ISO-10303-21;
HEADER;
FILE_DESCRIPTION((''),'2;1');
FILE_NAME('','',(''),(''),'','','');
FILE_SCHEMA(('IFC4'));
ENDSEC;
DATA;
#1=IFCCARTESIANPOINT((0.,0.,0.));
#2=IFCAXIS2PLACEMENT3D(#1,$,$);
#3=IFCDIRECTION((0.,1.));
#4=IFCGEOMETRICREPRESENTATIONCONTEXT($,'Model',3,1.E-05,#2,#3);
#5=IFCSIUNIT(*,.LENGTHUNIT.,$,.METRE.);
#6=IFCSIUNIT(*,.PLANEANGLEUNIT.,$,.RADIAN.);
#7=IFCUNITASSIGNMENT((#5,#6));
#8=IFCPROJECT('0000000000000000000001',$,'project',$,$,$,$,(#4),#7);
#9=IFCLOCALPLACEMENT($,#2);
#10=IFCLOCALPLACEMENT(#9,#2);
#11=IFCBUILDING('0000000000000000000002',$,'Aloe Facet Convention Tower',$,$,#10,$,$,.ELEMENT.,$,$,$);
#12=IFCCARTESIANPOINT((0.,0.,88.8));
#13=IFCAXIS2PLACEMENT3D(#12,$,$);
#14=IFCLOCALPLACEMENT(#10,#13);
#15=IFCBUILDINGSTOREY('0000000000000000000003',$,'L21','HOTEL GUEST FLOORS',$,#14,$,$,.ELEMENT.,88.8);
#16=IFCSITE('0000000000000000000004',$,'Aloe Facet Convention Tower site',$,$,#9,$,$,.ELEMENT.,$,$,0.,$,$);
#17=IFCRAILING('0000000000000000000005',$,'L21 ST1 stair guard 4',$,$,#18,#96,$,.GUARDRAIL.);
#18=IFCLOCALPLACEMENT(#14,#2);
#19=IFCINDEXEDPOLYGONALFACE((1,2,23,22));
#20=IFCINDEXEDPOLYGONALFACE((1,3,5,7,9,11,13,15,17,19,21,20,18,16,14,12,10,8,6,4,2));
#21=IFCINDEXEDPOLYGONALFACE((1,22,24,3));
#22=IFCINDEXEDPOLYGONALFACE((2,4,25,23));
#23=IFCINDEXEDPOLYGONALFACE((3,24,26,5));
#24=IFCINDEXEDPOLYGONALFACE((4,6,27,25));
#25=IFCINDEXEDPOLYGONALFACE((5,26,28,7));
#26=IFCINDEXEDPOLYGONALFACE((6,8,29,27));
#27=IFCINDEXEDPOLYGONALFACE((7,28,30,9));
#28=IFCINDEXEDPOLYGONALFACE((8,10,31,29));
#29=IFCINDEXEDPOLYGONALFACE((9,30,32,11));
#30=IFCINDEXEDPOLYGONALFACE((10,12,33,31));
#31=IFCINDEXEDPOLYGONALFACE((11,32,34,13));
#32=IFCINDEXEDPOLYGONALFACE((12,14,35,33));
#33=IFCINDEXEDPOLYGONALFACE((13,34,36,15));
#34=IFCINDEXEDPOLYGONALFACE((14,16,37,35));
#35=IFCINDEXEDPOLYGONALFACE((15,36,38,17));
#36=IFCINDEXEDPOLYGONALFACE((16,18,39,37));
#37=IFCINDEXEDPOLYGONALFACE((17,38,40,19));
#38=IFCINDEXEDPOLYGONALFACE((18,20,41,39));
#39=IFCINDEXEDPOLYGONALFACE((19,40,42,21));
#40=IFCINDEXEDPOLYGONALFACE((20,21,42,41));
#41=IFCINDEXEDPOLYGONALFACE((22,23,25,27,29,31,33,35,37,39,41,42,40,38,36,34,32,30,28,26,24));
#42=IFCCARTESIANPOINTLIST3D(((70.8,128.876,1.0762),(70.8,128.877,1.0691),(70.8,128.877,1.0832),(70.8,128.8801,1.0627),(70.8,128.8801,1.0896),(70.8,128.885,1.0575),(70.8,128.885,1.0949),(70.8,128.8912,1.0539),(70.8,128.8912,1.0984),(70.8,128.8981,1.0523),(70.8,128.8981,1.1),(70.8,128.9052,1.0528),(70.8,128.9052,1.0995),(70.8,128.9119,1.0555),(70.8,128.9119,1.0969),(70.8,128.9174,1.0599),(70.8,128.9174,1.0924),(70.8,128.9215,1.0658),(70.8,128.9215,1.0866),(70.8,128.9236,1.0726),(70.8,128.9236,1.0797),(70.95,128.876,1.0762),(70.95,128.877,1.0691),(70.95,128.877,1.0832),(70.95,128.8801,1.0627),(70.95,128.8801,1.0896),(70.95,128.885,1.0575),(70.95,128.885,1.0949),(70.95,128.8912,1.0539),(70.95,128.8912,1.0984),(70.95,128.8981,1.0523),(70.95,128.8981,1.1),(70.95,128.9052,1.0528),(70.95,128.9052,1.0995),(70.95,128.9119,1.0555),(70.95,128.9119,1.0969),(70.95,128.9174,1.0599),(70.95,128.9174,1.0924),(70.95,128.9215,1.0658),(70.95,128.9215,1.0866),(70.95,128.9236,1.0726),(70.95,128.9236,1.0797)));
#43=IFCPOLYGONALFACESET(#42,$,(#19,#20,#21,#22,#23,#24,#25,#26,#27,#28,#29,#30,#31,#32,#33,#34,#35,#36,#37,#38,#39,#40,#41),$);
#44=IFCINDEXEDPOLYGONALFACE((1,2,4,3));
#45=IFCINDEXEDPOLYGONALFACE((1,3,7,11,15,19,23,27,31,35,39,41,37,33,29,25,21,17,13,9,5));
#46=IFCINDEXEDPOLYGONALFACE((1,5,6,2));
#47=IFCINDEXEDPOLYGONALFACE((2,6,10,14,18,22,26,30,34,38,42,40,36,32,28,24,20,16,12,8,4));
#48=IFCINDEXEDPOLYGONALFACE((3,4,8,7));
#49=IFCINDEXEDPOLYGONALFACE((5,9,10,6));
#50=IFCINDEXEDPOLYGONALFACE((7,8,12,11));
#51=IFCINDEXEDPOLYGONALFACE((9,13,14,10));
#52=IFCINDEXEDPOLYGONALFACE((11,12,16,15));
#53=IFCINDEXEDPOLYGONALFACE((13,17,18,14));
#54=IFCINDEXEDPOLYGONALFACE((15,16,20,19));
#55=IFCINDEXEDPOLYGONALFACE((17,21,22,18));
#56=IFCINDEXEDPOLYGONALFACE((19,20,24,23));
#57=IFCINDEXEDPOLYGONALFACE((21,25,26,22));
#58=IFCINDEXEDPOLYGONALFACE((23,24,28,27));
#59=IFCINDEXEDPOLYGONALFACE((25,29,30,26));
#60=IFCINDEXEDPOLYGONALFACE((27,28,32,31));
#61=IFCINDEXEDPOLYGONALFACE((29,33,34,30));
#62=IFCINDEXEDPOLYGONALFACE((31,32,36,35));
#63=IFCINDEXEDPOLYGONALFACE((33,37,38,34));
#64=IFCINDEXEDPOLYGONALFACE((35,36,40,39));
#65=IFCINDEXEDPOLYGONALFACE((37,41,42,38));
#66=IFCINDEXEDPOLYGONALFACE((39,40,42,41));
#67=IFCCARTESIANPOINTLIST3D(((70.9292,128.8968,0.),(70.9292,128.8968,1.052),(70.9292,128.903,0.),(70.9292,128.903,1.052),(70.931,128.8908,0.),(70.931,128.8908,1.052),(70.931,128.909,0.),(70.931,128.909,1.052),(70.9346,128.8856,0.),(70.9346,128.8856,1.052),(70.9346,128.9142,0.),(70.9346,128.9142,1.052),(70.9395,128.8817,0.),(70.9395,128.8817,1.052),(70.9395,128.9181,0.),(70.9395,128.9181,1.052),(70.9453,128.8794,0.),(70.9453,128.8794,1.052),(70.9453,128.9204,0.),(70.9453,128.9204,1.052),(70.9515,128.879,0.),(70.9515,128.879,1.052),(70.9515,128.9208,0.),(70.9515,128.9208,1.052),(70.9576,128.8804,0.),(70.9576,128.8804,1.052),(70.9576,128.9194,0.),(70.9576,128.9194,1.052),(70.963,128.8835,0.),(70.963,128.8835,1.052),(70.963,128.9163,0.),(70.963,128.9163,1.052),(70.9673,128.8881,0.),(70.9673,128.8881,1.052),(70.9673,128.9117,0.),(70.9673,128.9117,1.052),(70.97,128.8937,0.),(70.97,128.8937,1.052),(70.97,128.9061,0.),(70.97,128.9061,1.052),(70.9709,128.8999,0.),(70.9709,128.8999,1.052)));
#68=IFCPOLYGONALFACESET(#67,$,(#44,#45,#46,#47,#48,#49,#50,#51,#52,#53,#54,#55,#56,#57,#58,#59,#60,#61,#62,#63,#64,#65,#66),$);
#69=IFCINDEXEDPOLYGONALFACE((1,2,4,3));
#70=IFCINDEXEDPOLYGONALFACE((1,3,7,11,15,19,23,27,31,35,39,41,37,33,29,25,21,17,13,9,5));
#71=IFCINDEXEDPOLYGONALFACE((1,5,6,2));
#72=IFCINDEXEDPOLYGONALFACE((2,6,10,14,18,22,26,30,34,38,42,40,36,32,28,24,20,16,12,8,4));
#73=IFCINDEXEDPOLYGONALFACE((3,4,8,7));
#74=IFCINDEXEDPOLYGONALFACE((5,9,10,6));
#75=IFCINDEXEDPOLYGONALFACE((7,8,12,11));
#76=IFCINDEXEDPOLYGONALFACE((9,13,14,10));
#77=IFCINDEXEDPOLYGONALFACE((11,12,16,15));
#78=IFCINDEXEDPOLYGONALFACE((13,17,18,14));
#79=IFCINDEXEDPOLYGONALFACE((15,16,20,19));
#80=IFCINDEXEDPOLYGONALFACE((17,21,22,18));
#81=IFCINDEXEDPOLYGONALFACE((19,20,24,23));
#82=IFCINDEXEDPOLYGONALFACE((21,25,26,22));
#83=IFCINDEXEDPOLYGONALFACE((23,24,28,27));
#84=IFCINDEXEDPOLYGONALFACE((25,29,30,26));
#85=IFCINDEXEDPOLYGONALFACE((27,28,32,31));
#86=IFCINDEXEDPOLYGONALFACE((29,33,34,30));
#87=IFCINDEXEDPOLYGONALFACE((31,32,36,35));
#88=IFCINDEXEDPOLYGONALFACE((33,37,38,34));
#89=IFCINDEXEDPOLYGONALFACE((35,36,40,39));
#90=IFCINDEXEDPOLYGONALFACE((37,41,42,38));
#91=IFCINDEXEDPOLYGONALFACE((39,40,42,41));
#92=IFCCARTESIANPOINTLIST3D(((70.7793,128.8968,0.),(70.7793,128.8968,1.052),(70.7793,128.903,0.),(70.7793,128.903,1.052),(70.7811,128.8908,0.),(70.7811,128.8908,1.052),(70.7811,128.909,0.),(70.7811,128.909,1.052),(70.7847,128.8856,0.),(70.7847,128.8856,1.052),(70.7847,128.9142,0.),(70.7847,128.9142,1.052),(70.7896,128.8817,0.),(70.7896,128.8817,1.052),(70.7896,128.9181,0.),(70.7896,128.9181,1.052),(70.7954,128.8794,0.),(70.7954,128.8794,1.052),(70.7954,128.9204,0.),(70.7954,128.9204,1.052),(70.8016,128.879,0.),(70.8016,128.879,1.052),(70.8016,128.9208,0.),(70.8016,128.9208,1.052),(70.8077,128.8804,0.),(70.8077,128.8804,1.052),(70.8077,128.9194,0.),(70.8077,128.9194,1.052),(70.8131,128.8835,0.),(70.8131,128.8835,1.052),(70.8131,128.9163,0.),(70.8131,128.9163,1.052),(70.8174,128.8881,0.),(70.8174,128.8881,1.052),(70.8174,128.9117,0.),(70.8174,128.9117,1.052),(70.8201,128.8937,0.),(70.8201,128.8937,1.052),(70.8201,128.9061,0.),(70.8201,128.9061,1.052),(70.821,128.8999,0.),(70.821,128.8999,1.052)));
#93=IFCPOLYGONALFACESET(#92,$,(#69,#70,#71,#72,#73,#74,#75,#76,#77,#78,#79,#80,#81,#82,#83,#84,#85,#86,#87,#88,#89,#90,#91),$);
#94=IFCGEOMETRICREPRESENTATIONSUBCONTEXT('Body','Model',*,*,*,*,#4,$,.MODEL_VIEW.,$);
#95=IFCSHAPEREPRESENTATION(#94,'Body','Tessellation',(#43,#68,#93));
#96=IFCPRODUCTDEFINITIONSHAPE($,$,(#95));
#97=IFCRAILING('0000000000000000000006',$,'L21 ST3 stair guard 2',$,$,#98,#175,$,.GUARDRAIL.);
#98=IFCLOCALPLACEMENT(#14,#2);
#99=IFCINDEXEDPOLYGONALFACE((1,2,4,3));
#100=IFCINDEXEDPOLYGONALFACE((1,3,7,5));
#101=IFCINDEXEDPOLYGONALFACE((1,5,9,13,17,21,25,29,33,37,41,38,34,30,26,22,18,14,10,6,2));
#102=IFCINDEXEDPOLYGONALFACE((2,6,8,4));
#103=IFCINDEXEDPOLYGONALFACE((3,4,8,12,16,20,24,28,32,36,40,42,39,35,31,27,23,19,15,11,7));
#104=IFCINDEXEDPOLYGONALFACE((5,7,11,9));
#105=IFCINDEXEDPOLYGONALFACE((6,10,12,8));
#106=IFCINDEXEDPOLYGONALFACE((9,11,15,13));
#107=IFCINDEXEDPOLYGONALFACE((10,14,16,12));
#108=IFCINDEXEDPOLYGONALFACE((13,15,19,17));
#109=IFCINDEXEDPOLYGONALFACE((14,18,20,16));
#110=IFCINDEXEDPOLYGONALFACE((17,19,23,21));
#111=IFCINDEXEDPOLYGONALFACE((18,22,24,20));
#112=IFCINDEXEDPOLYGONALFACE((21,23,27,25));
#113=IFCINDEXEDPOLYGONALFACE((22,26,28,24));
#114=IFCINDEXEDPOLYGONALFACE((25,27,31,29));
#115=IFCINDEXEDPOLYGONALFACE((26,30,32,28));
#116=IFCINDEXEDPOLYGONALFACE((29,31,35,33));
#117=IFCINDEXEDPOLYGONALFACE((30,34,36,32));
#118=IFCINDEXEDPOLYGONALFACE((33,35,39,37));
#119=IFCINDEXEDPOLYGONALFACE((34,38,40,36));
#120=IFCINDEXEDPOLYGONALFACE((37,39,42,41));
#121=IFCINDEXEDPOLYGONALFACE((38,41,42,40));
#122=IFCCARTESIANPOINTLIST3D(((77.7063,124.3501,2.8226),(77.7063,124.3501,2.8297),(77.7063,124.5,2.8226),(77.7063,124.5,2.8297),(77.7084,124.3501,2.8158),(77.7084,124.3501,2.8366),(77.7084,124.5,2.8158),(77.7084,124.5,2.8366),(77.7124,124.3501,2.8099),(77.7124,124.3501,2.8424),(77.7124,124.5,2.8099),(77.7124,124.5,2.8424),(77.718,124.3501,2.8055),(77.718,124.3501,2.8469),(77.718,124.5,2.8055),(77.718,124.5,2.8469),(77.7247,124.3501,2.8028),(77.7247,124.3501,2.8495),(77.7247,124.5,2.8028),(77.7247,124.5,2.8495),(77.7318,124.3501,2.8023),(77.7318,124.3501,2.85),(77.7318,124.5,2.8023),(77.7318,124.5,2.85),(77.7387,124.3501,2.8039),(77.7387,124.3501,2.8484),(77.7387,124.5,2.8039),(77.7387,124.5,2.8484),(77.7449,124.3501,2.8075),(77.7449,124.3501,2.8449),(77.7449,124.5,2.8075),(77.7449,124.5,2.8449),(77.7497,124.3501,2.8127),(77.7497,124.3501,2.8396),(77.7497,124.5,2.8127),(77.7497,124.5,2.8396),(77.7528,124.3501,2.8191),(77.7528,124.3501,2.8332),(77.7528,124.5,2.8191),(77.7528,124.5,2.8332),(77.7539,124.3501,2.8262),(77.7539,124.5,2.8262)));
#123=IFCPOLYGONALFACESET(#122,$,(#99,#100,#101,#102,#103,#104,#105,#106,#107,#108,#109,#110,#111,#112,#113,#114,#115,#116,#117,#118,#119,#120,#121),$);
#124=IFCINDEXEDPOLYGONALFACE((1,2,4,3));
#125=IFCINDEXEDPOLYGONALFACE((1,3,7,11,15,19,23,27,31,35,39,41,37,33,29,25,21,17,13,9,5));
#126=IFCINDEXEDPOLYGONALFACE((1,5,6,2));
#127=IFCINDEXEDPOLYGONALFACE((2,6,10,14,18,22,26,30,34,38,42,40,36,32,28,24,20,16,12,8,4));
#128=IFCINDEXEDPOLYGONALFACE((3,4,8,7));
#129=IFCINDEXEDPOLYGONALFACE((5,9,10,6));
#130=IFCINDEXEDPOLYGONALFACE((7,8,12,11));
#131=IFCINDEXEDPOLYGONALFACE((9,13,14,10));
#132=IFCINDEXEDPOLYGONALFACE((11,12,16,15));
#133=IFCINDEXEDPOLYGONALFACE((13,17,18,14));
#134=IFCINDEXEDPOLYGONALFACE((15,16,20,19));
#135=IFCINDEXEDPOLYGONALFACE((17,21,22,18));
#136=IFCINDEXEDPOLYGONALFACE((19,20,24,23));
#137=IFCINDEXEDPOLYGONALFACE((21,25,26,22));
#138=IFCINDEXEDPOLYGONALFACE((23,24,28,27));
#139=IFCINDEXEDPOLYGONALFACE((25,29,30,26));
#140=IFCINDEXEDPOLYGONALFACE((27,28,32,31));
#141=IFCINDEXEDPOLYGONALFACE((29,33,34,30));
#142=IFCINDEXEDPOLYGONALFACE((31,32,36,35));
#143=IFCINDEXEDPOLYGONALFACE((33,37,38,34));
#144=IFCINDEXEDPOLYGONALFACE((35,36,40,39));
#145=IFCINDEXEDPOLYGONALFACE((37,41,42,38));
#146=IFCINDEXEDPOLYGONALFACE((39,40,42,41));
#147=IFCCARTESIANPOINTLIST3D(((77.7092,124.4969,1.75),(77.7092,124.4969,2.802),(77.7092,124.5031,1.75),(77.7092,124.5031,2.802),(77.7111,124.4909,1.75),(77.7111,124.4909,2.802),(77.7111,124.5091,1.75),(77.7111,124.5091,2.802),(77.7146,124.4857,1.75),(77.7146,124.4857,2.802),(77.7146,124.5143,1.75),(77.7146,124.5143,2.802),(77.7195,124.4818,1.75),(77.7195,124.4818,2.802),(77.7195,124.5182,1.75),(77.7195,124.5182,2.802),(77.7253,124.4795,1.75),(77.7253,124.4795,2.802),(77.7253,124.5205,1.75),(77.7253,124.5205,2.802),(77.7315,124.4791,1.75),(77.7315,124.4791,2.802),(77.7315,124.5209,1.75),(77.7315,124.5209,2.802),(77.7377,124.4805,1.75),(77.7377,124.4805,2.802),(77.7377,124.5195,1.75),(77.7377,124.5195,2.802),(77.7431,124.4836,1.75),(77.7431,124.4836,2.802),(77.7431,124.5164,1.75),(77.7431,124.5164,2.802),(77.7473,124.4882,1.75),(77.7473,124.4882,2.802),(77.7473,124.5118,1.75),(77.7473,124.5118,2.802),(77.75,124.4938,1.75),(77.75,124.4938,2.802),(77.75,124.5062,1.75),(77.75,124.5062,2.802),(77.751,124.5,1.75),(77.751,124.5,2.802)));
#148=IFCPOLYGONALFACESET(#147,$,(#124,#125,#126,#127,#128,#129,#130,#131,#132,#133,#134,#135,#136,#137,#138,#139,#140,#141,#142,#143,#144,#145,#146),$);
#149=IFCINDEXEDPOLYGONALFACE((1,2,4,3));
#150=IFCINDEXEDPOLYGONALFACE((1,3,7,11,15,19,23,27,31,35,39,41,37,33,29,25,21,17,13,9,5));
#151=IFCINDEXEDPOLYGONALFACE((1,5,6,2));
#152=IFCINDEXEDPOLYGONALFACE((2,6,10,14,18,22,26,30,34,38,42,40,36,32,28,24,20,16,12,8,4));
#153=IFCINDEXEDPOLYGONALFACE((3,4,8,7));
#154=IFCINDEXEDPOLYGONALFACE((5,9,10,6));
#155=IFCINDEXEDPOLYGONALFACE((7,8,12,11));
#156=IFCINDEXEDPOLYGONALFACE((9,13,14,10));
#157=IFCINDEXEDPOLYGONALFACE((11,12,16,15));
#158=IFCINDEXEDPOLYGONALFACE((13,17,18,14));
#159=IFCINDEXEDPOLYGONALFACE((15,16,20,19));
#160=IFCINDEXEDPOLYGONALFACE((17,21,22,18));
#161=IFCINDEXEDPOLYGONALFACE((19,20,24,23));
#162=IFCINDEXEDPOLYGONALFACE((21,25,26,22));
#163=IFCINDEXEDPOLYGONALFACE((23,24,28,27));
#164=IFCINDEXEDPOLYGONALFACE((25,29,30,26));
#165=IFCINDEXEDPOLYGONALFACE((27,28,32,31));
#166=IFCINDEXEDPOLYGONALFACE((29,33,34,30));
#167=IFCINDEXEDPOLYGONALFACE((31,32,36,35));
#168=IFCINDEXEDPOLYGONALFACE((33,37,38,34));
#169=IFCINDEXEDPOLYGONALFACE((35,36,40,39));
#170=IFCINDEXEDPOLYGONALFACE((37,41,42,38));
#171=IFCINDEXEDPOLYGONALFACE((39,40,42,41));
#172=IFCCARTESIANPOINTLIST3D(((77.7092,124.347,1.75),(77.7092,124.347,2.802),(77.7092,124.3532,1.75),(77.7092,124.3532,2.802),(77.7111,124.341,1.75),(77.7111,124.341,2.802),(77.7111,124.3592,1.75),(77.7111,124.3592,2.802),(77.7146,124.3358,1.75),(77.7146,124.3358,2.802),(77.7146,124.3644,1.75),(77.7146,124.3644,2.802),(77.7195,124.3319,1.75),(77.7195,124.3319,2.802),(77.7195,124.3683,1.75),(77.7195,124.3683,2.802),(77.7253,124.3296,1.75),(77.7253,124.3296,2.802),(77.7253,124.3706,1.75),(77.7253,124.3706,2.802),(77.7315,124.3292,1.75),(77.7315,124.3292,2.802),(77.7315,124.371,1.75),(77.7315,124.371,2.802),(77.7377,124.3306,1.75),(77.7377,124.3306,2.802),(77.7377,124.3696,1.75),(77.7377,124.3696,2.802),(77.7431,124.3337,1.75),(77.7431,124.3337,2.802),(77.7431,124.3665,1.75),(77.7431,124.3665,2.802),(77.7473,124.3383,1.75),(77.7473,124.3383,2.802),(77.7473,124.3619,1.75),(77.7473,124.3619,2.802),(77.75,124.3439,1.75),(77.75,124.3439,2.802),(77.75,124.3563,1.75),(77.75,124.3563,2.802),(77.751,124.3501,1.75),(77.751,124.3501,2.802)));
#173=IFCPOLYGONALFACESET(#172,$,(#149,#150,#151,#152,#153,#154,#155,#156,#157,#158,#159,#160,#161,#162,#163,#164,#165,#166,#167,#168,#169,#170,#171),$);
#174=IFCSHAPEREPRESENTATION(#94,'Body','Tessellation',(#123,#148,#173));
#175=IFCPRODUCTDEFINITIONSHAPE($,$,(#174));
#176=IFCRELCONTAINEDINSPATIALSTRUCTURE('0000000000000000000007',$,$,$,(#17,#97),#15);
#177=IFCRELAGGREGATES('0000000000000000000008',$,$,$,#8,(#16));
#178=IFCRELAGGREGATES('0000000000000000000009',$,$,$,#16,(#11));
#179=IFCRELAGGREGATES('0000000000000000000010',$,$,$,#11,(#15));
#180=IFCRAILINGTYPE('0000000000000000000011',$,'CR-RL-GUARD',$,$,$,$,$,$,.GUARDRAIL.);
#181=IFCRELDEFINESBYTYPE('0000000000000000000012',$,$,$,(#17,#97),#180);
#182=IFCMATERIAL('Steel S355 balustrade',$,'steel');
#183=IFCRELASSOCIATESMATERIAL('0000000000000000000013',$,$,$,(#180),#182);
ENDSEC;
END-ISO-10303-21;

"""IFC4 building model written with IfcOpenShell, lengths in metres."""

from ifc_helpers import new_model, si_unit, direction, frame, origin, origin_2d, place, context, subcontext, project, spatial, circle, extrude, material, type_object, element, save


model = new_model("IFC4")

# Units and contexts
model_context = context("Model", 3, precision=1e-05, world=origin(), true_north=direction((0.0, 1.0)))
body_context = subcontext(model_context, "Body", "Model", "MODEL_VIEW")
ifc_project = project(units=[si_unit("LENGTHUNIT", "METRE"), si_unit("PLANEANGLEUNIT", "RADIAN")], contexts=[model_context])

# Site, building, storey
site_placement = place(None, origin())
site = spatial("IfcSite", under=ifc_project, at=site_placement, Name="Aloe Facet Convention Tower site", CompositionType="ELEMENT", RefElevation=0.0)
building_placement = place(site_placement, origin())
building = spatial("IfcBuilding", under=site, at=building_placement, Name="Aloe Facet Convention Tower", CompositionType="ELEMENT")
storey_placement = place(building_placement, frame((0.0, 0.0, 88.8)))
storey = spatial("IfcBuildingStorey", under=building, at=storey_placement, Name="L21", Description="HOTEL GUEST FLOORS", CompositionType="ELEMENT", Elevation=88.8)

# Railings
ifc_material_1 = material(Name="Steel S355 balustrade", Category="steel")
railing_type_1 = type_object("IfcRailingType", Name="CR-RL-GUARD", PredefinedType="GUARDRAIL", material=ifc_material_1)
railing_1_placement = place(storey_placement, frame((70.95, 128.8999, 0.0)))
element("IfcRailing", 1, at=railing_1_placement, inside=storey, type_object=railing_type_1, Name="L21 ST1 stair guard 4", PredefinedType="GUARDRAIL", context=body_context, shape_type="SweptSolid", body=[
    extrude(circle(Radius=0.0239, at=origin_2d()), frame((0.0, 0.0, 1.0762), z_axis=(-1.0, 0.0, 0.0), x_axis=(0.0, -1.0, 0.0)), (0.0, 0.0, 1.0), 0.1499),
    extrude(circle(Radius=0.021, at=origin_2d()), origin(), (0.0, 0.0, 1.0), 1.052),
    extrude(circle(Radius=0.021, at=origin_2d()), frame((-0.1499, 0.0, 0.0)), (0.0, 0.0, 1.0), 1.052),
])
railing_2_placement = place(storey_placement, frame((77.73, 124.5, 1.75)))
element("IfcRailing", 2, at=railing_2_placement, inside=storey, type_object=railing_type_1, Name="L21 ST3 stair guard 2", PredefinedType="GUARDRAIL", context=body_context, shape_type="SweptSolid", body=[
    extrude(circle(Radius=0.0239, at=origin_2d()), frame((0.0, 0.0, 1.0762), z_axis=(0.0, -1.0, 0.0), x_axis=(1.0, 0.0, 0.0)), (0.0, 0.0, 1.0), 0.1499),
    extrude(circle(Radius=0.021, at=origin_2d()), origin(), (0.0, 0.0, 1.0), 1.052),
    extrude(circle(Radius=0.021, at=origin_2d()), frame((0.0, -0.1499, 0.0)), (0.0, 0.0, 1.0), 1.052),
])

save(model, "model.ifc")
